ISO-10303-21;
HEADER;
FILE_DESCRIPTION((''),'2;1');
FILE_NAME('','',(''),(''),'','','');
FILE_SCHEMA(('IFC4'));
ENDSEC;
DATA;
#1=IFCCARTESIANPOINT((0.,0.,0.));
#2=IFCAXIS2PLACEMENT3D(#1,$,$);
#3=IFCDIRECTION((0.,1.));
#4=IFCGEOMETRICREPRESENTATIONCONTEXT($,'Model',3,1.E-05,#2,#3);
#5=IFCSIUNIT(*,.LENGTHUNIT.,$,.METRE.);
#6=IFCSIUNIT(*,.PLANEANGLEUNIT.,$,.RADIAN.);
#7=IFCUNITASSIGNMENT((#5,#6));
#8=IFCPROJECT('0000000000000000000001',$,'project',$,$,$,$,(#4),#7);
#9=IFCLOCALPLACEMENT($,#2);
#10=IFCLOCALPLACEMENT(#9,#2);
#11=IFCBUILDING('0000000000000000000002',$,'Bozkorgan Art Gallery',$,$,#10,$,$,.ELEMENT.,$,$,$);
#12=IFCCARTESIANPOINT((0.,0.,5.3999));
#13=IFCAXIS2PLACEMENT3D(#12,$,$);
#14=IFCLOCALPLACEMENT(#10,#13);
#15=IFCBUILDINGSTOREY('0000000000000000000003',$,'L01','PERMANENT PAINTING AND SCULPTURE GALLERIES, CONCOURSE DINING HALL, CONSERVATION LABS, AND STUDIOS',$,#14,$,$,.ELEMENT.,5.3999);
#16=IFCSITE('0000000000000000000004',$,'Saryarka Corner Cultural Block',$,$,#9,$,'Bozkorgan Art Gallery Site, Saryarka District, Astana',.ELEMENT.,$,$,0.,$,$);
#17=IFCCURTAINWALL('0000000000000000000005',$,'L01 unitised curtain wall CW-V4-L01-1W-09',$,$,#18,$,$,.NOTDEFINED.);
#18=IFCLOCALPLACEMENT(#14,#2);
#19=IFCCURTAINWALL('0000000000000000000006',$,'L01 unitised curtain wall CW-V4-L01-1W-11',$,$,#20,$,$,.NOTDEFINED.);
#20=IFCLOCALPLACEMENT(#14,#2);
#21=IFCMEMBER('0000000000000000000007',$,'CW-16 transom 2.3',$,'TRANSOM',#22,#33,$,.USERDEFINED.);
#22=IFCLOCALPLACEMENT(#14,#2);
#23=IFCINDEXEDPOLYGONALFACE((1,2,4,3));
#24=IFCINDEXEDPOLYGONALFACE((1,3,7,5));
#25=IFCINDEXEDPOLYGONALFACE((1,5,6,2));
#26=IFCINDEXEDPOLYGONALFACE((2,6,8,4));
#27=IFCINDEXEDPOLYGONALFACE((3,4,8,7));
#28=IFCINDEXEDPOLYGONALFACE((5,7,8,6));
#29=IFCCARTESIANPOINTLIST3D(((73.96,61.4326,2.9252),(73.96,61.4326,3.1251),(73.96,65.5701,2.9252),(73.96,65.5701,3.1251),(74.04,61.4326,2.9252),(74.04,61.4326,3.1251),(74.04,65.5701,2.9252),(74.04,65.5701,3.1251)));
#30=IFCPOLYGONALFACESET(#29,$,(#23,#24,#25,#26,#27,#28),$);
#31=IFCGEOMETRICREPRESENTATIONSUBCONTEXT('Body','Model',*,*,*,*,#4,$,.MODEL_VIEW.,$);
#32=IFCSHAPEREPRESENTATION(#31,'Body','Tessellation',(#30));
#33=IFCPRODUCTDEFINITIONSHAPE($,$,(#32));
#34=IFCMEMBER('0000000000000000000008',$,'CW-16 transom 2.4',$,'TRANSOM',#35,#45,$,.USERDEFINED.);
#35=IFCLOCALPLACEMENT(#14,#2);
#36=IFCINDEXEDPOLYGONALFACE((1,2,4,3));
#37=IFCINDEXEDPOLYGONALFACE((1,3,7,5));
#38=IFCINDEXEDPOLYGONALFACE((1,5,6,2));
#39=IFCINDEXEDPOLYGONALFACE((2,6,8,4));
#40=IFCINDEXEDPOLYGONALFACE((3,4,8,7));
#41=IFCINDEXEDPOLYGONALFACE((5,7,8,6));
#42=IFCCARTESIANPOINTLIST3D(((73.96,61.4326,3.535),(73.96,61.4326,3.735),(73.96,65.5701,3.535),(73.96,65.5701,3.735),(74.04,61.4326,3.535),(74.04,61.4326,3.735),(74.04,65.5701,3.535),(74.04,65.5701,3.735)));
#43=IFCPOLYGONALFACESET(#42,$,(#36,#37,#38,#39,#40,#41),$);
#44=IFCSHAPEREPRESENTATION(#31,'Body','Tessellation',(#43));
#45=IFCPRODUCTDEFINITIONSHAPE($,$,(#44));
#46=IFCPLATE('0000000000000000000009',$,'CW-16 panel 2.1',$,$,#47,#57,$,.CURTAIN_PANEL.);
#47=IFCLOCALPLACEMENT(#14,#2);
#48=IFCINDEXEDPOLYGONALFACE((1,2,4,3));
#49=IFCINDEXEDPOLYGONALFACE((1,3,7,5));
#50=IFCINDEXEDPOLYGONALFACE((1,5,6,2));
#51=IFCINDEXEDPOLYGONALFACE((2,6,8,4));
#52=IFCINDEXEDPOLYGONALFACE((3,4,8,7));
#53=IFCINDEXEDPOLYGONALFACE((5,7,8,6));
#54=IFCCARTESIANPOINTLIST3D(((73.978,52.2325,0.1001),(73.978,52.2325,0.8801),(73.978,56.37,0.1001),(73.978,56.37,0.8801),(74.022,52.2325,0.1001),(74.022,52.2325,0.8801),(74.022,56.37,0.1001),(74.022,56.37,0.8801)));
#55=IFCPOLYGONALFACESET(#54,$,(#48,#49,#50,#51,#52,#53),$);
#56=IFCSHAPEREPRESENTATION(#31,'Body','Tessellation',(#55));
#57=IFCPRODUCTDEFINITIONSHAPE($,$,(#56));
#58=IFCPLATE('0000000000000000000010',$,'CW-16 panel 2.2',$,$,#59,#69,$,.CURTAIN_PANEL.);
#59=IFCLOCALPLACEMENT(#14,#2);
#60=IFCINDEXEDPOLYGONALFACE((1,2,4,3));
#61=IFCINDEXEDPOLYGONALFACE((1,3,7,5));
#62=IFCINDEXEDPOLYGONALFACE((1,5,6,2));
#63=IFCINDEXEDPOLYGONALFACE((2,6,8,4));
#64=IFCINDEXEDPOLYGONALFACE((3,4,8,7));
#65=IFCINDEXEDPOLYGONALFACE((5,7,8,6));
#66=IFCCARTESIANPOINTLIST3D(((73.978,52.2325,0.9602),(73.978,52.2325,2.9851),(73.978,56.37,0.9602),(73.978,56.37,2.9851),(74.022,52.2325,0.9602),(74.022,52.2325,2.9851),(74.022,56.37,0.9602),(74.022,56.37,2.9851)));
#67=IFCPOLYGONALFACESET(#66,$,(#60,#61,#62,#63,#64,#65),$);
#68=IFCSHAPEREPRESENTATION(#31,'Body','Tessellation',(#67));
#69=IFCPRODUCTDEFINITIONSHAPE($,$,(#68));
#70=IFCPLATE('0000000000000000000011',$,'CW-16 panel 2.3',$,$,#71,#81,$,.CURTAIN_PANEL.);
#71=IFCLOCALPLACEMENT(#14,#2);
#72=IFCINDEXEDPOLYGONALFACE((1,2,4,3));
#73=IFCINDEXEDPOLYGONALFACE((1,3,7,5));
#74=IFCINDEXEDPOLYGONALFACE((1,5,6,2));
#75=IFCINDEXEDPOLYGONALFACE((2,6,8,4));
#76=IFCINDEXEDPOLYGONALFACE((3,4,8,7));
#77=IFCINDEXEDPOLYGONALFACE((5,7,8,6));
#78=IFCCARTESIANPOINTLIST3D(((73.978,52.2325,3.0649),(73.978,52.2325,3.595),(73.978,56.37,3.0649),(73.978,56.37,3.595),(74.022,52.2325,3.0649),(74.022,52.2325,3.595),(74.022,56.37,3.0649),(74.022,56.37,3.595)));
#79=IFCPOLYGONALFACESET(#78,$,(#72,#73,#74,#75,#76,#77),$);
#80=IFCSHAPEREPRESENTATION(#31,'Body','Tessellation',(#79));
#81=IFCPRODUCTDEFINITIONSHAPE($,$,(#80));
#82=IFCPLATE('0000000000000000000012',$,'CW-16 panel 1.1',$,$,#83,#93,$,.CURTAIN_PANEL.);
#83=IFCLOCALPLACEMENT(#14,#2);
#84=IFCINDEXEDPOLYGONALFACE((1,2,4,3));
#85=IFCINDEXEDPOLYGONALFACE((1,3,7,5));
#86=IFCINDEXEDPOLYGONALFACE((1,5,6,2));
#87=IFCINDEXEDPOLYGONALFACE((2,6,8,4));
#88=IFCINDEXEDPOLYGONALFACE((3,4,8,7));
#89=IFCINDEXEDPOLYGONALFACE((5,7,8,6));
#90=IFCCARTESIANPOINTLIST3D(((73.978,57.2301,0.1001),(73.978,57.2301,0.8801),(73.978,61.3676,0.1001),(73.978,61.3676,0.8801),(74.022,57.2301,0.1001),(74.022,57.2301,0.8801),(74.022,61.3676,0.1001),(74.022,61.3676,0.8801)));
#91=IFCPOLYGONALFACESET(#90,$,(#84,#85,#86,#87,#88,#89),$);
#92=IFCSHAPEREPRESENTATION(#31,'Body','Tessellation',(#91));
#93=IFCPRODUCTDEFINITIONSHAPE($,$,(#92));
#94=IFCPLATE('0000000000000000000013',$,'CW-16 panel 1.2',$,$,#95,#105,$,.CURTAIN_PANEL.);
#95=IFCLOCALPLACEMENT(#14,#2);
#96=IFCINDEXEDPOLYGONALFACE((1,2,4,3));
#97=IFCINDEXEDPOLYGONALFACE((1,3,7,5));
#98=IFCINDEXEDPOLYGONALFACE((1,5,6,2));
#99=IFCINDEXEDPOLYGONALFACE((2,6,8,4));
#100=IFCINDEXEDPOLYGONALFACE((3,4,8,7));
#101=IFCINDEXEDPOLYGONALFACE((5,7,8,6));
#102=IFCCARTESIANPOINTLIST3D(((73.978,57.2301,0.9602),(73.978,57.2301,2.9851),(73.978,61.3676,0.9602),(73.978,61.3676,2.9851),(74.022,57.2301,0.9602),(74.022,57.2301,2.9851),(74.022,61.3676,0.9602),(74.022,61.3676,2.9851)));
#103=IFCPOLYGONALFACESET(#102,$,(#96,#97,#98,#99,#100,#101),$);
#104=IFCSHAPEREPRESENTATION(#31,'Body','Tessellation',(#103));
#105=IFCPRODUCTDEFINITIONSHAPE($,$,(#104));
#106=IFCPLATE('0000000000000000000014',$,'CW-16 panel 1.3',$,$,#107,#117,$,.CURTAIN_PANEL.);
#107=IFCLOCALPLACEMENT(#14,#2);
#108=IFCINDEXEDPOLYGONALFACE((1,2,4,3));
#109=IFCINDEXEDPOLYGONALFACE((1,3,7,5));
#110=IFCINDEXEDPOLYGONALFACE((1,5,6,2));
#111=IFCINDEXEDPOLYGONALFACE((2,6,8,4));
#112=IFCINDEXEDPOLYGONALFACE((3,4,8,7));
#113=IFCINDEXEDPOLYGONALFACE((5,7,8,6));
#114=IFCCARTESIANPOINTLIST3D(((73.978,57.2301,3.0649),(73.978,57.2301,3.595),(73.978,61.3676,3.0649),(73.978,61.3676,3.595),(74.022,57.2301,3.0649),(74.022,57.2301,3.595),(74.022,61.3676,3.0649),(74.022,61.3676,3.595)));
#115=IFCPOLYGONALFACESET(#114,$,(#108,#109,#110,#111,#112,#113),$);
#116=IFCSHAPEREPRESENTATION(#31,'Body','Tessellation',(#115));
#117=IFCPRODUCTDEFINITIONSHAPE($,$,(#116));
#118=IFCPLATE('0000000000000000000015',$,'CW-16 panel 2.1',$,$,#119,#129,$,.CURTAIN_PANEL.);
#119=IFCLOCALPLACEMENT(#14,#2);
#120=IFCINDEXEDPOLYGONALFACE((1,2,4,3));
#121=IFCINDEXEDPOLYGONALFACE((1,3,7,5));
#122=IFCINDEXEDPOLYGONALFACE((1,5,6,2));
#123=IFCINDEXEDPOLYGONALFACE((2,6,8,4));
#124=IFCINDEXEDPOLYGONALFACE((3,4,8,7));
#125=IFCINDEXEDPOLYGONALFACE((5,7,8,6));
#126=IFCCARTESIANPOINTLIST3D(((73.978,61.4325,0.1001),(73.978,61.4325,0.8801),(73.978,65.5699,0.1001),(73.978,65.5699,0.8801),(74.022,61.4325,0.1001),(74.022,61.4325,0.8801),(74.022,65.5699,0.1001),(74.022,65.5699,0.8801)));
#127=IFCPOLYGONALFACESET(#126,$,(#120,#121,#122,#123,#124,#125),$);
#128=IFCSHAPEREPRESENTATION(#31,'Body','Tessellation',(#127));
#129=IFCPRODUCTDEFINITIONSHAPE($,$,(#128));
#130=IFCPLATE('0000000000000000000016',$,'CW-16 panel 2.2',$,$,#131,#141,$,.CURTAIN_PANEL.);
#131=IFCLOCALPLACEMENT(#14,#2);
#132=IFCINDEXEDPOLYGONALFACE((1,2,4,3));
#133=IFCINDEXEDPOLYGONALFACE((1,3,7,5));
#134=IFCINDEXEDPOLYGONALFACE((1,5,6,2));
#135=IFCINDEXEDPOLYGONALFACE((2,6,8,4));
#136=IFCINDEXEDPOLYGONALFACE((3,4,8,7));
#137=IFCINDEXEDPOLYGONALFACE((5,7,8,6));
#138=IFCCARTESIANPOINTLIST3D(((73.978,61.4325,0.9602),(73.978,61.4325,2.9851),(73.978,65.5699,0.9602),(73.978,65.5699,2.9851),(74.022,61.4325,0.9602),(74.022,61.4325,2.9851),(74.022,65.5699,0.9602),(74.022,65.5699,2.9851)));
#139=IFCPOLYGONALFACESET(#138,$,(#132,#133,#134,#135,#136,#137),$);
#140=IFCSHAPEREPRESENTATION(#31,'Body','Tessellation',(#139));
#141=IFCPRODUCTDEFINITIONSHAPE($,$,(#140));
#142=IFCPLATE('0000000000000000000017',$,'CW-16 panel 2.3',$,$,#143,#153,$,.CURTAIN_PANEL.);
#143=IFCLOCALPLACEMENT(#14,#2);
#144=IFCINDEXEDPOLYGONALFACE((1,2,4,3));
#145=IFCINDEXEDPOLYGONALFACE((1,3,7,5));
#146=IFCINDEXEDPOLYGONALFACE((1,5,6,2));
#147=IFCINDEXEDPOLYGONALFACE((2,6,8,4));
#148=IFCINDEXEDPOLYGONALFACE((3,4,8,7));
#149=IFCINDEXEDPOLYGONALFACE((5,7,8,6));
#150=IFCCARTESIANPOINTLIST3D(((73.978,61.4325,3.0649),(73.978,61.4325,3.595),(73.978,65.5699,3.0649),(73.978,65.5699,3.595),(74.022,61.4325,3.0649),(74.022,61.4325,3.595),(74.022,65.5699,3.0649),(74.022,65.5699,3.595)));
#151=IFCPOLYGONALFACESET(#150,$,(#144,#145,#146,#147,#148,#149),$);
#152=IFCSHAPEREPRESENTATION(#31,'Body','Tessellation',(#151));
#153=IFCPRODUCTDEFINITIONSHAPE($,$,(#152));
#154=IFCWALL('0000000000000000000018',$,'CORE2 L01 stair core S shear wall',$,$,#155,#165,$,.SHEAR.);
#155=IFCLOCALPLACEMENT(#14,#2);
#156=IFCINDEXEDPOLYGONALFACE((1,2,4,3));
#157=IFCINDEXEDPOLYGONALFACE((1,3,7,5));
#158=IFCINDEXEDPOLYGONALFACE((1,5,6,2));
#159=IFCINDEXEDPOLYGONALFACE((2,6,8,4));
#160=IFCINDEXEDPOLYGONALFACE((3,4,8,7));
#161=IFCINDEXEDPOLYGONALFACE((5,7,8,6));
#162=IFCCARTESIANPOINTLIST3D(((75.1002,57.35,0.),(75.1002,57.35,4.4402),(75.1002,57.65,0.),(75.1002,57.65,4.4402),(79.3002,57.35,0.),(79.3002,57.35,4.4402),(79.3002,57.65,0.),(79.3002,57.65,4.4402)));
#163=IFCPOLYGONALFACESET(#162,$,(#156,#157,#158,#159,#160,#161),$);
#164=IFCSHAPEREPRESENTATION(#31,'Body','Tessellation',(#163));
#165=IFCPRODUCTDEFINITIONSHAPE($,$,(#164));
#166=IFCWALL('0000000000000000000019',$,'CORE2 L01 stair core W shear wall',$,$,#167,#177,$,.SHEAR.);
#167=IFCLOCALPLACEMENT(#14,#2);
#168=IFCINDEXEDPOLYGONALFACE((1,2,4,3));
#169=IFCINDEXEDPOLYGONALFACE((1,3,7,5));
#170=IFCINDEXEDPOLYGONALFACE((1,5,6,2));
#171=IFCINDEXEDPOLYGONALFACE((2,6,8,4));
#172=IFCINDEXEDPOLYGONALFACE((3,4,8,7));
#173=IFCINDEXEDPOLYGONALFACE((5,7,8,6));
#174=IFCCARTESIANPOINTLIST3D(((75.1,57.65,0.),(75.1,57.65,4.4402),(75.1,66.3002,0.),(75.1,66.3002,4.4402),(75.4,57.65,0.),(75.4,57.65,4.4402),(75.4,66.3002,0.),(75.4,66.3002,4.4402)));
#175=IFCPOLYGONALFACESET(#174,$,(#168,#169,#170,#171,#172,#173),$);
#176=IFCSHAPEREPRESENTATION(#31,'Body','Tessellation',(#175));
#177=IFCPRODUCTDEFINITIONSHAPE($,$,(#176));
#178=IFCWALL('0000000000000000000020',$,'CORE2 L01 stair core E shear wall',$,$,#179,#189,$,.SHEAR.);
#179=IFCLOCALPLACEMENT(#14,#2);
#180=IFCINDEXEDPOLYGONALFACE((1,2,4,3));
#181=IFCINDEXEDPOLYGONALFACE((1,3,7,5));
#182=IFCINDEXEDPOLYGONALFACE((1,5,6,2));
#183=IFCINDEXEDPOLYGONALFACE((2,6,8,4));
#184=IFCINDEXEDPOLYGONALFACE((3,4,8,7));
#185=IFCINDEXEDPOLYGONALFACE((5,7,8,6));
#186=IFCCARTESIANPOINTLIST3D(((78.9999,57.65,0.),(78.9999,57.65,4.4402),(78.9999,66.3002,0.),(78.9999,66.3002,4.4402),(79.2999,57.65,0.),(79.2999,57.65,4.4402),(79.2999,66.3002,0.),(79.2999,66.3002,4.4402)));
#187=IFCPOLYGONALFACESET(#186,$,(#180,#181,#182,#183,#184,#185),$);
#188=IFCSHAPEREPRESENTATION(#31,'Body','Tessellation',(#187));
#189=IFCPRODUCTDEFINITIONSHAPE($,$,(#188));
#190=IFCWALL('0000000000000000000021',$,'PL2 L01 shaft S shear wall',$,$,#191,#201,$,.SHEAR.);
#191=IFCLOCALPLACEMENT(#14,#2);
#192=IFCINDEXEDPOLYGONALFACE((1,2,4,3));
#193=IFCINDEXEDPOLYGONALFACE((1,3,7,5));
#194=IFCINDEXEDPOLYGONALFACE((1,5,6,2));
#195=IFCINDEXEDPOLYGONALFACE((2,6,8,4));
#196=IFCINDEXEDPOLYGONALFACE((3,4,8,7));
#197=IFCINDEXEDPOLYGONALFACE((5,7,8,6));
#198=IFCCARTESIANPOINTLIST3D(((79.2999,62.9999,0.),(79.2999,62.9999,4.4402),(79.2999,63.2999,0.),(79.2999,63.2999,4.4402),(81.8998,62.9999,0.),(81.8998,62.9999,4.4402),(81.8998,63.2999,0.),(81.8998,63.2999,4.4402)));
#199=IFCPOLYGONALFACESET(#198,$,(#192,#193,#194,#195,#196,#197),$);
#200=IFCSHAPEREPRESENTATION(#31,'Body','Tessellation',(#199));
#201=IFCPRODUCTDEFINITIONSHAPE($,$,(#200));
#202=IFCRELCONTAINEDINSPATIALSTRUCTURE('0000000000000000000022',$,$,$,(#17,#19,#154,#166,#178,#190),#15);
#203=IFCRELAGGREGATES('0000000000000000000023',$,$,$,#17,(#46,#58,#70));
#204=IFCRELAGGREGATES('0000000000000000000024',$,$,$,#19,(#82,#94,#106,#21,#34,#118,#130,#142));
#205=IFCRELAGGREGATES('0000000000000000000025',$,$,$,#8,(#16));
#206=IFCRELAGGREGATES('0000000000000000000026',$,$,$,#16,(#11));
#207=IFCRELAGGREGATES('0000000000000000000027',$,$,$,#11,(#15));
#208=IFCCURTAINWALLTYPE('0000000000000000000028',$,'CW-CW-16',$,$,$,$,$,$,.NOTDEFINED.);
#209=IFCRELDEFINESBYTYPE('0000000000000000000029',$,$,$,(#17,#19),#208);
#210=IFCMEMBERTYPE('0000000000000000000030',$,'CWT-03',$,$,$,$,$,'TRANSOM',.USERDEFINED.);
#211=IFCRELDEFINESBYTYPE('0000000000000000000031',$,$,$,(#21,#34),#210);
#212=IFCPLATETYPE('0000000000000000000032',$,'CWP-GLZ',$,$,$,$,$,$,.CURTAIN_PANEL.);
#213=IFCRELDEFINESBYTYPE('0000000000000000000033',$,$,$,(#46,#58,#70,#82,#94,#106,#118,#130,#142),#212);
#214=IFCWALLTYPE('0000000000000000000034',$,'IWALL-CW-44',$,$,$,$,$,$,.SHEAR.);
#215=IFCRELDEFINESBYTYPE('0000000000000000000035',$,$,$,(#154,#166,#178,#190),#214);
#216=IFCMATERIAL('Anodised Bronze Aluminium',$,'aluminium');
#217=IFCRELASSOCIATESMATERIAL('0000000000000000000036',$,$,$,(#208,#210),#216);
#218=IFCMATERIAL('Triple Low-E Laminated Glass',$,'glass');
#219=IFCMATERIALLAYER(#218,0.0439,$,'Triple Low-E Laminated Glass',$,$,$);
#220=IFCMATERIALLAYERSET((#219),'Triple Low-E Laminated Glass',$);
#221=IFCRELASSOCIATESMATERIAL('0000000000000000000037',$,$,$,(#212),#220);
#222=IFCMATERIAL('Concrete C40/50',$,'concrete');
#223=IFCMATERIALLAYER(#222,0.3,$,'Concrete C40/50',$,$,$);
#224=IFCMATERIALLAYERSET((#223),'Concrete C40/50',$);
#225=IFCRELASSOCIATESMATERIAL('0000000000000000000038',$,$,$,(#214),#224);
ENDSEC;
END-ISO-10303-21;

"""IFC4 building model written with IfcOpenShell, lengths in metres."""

from ifc_helpers import new_model, si_unit, direction, frame, frame_2d, origin, origin_2d, place, context, subcontext, project, spatial, rectangle, extrude, material, layer, layer_set, material_profile, profile_set, type_object, element, aggregate, save


model = new_model("IFC4")

# Units and contexts
model_context = context("Model", 3, precision=1e-05, world=origin(), true_north=direction((0.0, 1.0)))
body_context = subcontext(model_context, "Body", "Model", "MODEL_VIEW")
ifc_project = project(units=[si_unit("LENGTHUNIT", "METRE"), si_unit("PLANEANGLEUNIT", "RADIAN")], contexts=[model_context])

# Site, building, storey
site_placement = place(None, origin())
site = spatial("IfcSite", under=ifc_project, at=site_placement, Name="Saryarka Corner Cultural Block", LongName="Bozkorgan Art Gallery Site, Saryarka District, Astana", CompositionType="ELEMENT", RefElevation=0.0)
building_placement = place(site_placement, origin())
building = spatial("IfcBuilding", under=site, at=building_placement, Name="Bozkorgan Art Gallery", CompositionType="ELEMENT")
storey_placement = place(building_placement, frame((0.0, 0.0, 5.3999)))
storey = spatial("IfcBuildingStorey", under=building, at=storey_placement, Name="L01", Description="PERMANENT PAINTING AND SCULPTURE GALLERIES, CONCOURSE DINING HALL, CONSERVATION LABS, AND STUDIOS", CompositionType="ELEMENT", Elevation=5.3999)

# Shared definitions
ifc_material_1 = material(Name="Concrete C40/50", Category="concrete")

# Curtain wall
ifc_material_2 = material(Name="Anodised Bronze Aluminium", Category="aluminium")
curtain_wall_type = type_object("IfcCurtainWallType", Name="CW-CW-16", PredefinedType="NOTDEFINED", material=ifc_material_2)
curtain_wall_1_placement = place(storey_placement, origin())
curtain_wall_1 = element("IfcCurtainWall", 1, at=curtain_wall_1_placement, inside=storey, type_object=curtain_wall_type, Name="L01 unitised curtain wall CW-V4-L01-1W-09", PredefinedType="NOTDEFINED")

# Curtain wall, members
curtain_wall_2_placement = place(storey_placement, origin())
curtain_wall_2 = element("IfcCurtainWall", 2, at=curtain_wall_2_placement, inside=storey, type_object=curtain_wall_type, Name="L01 unitised curtain wall CW-V4-L01-1W-11", PredefinedType="NOTDEFINED")
ifc_material_profile_1 = material_profile(ifc_material_2, rectangle(XDim=0.0801, YDim=0.2, at=origin_2d()), Name="ALU TRANSOM 80x200")
ifc_profile_set_1 = profile_set([ifc_material_profile_1], Name="Anodised Bronze Aluminium")
member_type_1 = type_object("IfcMemberType", Name="CWT-03", ElementType="TRANSOM", PredefinedType="USERDEFINED", material=ifc_profile_set_1)
member_1_placement = place(storey_placement, frame((74.0, 61.4326, 3.0251), z_axis=(0.0, 1.0, 0.0), x_axis=(-1.0, 0.0, 0.0)))
member_1 = element("IfcMember", 3, at=member_1_placement, type_object=member_type_1, Name="CW-16 transom 2.3", ObjectType="TRANSOM", PredefinedType="USERDEFINED", context=body_context, shape_type="SweptSolid", body=[
    extrude(rectangle(XDim=0.0801, YDim=0.2, at=origin_2d()), origin(), (0.0, 0.0, 1.0), 4.1375),
])
member_2_placement = place(storey_placement, frame((74.0, 61.4326, 3.635), z_axis=(0.0, 1.0, 0.0), x_axis=(-1.0, 0.0, 0.0)))
member_2 = element("IfcMember", 4, at=member_2_placement, type_object=member_type_1, Name="CW-16 transom 2.4", ObjectType="TRANSOM", PredefinedType="USERDEFINED", context=body_context, shape_type="SweptSolid", body=[
    extrude(rectangle(XDim=0.0801, YDim=0.2, at=origin_2d()), origin(), (0.0, 0.0, 1.0), 4.1375),
])

# Plates
ifc_material_3 = material(Name="Triple Low-E Laminated Glass", Category="glass")
ifc_layer_1 = layer(ifc_material_3, 0.0439, Name="Triple Low-E Laminated Glass")
ifc_layer_set_1 = layer_set([ifc_layer_1], Name="Triple Low-E Laminated Glass")
plate_type = type_object("IfcPlateType", Name="CWP-GLZ", PredefinedType="CURTAIN_PANEL", material=ifc_layer_set_1)
plate_1_placement = place(storey_placement, frame((74.0, 54.3013, 0.1001), z_axis=(0.0, 0.0, 1.0), x_axis=(0.0, 1.0, 0.0)))
plate_1 = element("IfcPlate", 5, at=plate_1_placement, type_object=plate_type, Name="CW-16 panel 2.1", PredefinedType="CURTAIN_PANEL", context=body_context, shape_type="SweptSolid", body=[
    extrude(rectangle(XDim=4.1375, YDim=0.0439, at=origin_2d()), origin(), (0.0, 0.0, 1.0), 0.78),
])
plate_2_placement = place(storey_placement, frame((74.0, 54.3013, 0.9602), z_axis=(0.0, 0.0, 1.0), x_axis=(0.0, 1.0, 0.0)))
plate_2 = element("IfcPlate", 6, at=plate_2_placement, type_object=plate_type, Name="CW-16 panel 2.2", PredefinedType="CURTAIN_PANEL", context=body_context, shape_type="SweptSolid", body=[
    extrude(rectangle(XDim=4.1375, YDim=0.0439, at=origin_2d()), origin(), (0.0, 0.0, 1.0), 2.0249),
])
plate_3_placement = place(storey_placement, frame((74.0, 54.3013, 3.0649), z_axis=(0.0, 0.0, 1.0), x_axis=(0.0, 1.0, 0.0)))
plate_3 = element("IfcPlate", 7, at=plate_3_placement, type_object=plate_type, Name="CW-16 panel 2.3", PredefinedType="CURTAIN_PANEL", context=body_context, shape_type="SweptSolid", body=[
    extrude(rectangle(XDim=4.1375, YDim=0.0439, at=origin_2d()), origin(), (0.0, 0.0, 1.0), 0.53),
])
aggregate(curtain_wall_1, [plate_1, plate_2, plate_3])
plate_4_placement = place(storey_placement, frame((74.0, 59.2988, 0.1001), z_axis=(0.0, 0.0, 1.0), x_axis=(0.0, 1.0, 0.0)))
plate_4 = element("IfcPlate", 8, at=plate_4_placement, type_object=plate_type, Name="CW-16 panel 1.1", PredefinedType="CURTAIN_PANEL", context=body_context, shape_type="SweptSolid", body=[
    extrude(rectangle(XDim=4.1375, YDim=0.0439, at=origin_2d()), origin(), (0.0, 0.0, 1.0), 0.78),
])
plate_5_placement = place(storey_placement, frame((74.0, 59.2988, 0.9602), z_axis=(0.0, 0.0, 1.0), x_axis=(0.0, 1.0, 0.0)))
plate_5 = element("IfcPlate", 9, at=plate_5_placement, type_object=plate_type, Name="CW-16 panel 1.2", PredefinedType="CURTAIN_PANEL", context=body_context, shape_type="SweptSolid", body=[
    extrude(rectangle(XDim=4.1375, YDim=0.0439, at=origin_2d()), origin(), (0.0, 0.0, 1.0), 2.0249),
])
plate_6_placement = place(storey_placement, frame((74.0, 59.2988, 3.0649), z_axis=(0.0, 0.0, 1.0), x_axis=(0.0, 1.0, 0.0)))
plate_6 = element("IfcPlate", 10, at=plate_6_placement, type_object=plate_type, Name="CW-16 panel 1.3", PredefinedType="CURTAIN_PANEL", context=body_context, shape_type="SweptSolid", body=[
    extrude(rectangle(XDim=4.1375, YDim=0.0439, at=origin_2d()), origin(), (0.0, 0.0, 1.0), 0.53),
])
plate_7_placement = place(storey_placement, frame((74.0, 63.5012, 0.1001), z_axis=(0.0, 0.0, 1.0), x_axis=(0.0, 1.0, 0.0)))
plate_7 = element("IfcPlate", 11, at=plate_7_placement, type_object=plate_type, Name="CW-16 panel 2.1", PredefinedType="CURTAIN_PANEL", context=body_context, shape_type="SweptSolid", body=[
    extrude(rectangle(XDim=4.1375, YDim=0.0439, at=origin_2d()), origin(), (0.0, 0.0, 1.0), 0.78),
])
plate_8_placement = place(storey_placement, frame((74.0, 63.5012, 0.9602), z_axis=(0.0, 0.0, 1.0), x_axis=(0.0, 1.0, 0.0)))
plate_8 = element("IfcPlate", 12, at=plate_8_placement, type_object=plate_type, Name="CW-16 panel 2.2", PredefinedType="CURTAIN_PANEL", context=body_context, shape_type="SweptSolid", body=[
    extrude(rectangle(XDim=4.1375, YDim=0.0439, at=origin_2d()), origin(), (0.0, 0.0, 1.0), 2.0249),
])
plate_9_placement = place(storey_placement, frame((74.0, 63.5012, 3.0649), z_axis=(0.0, 0.0, 1.0), x_axis=(0.0, 1.0, 0.0)))
plate_9 = element("IfcPlate", 13, at=plate_9_placement, type_object=plate_type, Name="CW-16 panel 2.3", PredefinedType="CURTAIN_PANEL", context=body_context, shape_type="SweptSolid", body=[
    extrude(rectangle(XDim=4.1375, YDim=0.0439, at=origin_2d()), origin(), (0.0, 0.0, 1.0), 0.53),
])
aggregate(curtain_wall_2, [plate_4, plate_5, plate_6, member_1, member_2, plate_7, plate_8, plate_9])

# Walls
ifc_layer_2 = layer(ifc_material_1, 0.3, Name="Concrete C40/50")
ifc_layer_set_2 = layer_set([ifc_layer_2], Name="Concrete C40/50")
wall_type_1 = type_object("IfcWallType", Name="IWALL-CW-44", PredefinedType="SHEAR", material=ifc_layer_set_2)
wall_1_placement = place(storey_placement, frame((75.1001, 57.5, 0.0), z_axis=(0.0, 0.0, 1.0), x_axis=(1.0, 0.0, 0.0)))
element("IfcWall", 14, at=wall_1_placement, inside=storey, type_object=wall_type_1, Name="CORE2 L01 stair core S shear wall", PredefinedType="SHEAR", context=body_context, shape_type="SweptSolid", body=[
    extrude(rectangle(XDim=4.2, YDim=0.3, at=frame_2d((2.1001, 0.0))), origin(), (0.0, 0.0, 1.0), 4.4402),
])
for number, where, z_axis, x_axis, name in (
    (15, (75.25, 57.6499, 0.0), (0.0, 0.0, 1.0), (0.0, 1.0, 0.0), "CORE2 L01 stair core W shear wall"),
    (16, (79.1499, 57.6499, 0.0), (0.0, 0.0, 1.0), (0.0, 1.0, 0.0), "CORE2 L01 stair core E shear wall"),
):
    element("IfcWall", number, at=place(storey_placement, frame(where, z_axis=z_axis, x_axis=x_axis)), inside=storey, type_object=wall_type_1, Name=name, PredefinedType="SHEAR", context=body_context, shape_type="SweptSolid", body=[
        extrude(rectangle(XDim=8.6501, YDim=0.3, at=frame_2d((4.3252, 0.0))), origin(), (0.0, 0.0, 1.0), 4.4402),
    ])
wall_2_placement = place(storey_placement, frame((79.3, 63.1499, 0.0), z_axis=(0.0, 0.0, 1.0), x_axis=(1.0, 0.0, 0.0)))
element("IfcWall", 17, at=wall_2_placement, inside=storey, type_object=wall_type_1, Name="PL2 L01 shaft S shear wall", PredefinedType="SHEAR", context=body_context, shape_type="SweptSolid", body=[
    extrude(rectangle(XDim=2.5999, YDim=0.3, at=frame_2d((1.2998, 0.0))), origin(), (0.0, 0.0, 1.0), 4.4402),
])

save(model, "model.ifc")
